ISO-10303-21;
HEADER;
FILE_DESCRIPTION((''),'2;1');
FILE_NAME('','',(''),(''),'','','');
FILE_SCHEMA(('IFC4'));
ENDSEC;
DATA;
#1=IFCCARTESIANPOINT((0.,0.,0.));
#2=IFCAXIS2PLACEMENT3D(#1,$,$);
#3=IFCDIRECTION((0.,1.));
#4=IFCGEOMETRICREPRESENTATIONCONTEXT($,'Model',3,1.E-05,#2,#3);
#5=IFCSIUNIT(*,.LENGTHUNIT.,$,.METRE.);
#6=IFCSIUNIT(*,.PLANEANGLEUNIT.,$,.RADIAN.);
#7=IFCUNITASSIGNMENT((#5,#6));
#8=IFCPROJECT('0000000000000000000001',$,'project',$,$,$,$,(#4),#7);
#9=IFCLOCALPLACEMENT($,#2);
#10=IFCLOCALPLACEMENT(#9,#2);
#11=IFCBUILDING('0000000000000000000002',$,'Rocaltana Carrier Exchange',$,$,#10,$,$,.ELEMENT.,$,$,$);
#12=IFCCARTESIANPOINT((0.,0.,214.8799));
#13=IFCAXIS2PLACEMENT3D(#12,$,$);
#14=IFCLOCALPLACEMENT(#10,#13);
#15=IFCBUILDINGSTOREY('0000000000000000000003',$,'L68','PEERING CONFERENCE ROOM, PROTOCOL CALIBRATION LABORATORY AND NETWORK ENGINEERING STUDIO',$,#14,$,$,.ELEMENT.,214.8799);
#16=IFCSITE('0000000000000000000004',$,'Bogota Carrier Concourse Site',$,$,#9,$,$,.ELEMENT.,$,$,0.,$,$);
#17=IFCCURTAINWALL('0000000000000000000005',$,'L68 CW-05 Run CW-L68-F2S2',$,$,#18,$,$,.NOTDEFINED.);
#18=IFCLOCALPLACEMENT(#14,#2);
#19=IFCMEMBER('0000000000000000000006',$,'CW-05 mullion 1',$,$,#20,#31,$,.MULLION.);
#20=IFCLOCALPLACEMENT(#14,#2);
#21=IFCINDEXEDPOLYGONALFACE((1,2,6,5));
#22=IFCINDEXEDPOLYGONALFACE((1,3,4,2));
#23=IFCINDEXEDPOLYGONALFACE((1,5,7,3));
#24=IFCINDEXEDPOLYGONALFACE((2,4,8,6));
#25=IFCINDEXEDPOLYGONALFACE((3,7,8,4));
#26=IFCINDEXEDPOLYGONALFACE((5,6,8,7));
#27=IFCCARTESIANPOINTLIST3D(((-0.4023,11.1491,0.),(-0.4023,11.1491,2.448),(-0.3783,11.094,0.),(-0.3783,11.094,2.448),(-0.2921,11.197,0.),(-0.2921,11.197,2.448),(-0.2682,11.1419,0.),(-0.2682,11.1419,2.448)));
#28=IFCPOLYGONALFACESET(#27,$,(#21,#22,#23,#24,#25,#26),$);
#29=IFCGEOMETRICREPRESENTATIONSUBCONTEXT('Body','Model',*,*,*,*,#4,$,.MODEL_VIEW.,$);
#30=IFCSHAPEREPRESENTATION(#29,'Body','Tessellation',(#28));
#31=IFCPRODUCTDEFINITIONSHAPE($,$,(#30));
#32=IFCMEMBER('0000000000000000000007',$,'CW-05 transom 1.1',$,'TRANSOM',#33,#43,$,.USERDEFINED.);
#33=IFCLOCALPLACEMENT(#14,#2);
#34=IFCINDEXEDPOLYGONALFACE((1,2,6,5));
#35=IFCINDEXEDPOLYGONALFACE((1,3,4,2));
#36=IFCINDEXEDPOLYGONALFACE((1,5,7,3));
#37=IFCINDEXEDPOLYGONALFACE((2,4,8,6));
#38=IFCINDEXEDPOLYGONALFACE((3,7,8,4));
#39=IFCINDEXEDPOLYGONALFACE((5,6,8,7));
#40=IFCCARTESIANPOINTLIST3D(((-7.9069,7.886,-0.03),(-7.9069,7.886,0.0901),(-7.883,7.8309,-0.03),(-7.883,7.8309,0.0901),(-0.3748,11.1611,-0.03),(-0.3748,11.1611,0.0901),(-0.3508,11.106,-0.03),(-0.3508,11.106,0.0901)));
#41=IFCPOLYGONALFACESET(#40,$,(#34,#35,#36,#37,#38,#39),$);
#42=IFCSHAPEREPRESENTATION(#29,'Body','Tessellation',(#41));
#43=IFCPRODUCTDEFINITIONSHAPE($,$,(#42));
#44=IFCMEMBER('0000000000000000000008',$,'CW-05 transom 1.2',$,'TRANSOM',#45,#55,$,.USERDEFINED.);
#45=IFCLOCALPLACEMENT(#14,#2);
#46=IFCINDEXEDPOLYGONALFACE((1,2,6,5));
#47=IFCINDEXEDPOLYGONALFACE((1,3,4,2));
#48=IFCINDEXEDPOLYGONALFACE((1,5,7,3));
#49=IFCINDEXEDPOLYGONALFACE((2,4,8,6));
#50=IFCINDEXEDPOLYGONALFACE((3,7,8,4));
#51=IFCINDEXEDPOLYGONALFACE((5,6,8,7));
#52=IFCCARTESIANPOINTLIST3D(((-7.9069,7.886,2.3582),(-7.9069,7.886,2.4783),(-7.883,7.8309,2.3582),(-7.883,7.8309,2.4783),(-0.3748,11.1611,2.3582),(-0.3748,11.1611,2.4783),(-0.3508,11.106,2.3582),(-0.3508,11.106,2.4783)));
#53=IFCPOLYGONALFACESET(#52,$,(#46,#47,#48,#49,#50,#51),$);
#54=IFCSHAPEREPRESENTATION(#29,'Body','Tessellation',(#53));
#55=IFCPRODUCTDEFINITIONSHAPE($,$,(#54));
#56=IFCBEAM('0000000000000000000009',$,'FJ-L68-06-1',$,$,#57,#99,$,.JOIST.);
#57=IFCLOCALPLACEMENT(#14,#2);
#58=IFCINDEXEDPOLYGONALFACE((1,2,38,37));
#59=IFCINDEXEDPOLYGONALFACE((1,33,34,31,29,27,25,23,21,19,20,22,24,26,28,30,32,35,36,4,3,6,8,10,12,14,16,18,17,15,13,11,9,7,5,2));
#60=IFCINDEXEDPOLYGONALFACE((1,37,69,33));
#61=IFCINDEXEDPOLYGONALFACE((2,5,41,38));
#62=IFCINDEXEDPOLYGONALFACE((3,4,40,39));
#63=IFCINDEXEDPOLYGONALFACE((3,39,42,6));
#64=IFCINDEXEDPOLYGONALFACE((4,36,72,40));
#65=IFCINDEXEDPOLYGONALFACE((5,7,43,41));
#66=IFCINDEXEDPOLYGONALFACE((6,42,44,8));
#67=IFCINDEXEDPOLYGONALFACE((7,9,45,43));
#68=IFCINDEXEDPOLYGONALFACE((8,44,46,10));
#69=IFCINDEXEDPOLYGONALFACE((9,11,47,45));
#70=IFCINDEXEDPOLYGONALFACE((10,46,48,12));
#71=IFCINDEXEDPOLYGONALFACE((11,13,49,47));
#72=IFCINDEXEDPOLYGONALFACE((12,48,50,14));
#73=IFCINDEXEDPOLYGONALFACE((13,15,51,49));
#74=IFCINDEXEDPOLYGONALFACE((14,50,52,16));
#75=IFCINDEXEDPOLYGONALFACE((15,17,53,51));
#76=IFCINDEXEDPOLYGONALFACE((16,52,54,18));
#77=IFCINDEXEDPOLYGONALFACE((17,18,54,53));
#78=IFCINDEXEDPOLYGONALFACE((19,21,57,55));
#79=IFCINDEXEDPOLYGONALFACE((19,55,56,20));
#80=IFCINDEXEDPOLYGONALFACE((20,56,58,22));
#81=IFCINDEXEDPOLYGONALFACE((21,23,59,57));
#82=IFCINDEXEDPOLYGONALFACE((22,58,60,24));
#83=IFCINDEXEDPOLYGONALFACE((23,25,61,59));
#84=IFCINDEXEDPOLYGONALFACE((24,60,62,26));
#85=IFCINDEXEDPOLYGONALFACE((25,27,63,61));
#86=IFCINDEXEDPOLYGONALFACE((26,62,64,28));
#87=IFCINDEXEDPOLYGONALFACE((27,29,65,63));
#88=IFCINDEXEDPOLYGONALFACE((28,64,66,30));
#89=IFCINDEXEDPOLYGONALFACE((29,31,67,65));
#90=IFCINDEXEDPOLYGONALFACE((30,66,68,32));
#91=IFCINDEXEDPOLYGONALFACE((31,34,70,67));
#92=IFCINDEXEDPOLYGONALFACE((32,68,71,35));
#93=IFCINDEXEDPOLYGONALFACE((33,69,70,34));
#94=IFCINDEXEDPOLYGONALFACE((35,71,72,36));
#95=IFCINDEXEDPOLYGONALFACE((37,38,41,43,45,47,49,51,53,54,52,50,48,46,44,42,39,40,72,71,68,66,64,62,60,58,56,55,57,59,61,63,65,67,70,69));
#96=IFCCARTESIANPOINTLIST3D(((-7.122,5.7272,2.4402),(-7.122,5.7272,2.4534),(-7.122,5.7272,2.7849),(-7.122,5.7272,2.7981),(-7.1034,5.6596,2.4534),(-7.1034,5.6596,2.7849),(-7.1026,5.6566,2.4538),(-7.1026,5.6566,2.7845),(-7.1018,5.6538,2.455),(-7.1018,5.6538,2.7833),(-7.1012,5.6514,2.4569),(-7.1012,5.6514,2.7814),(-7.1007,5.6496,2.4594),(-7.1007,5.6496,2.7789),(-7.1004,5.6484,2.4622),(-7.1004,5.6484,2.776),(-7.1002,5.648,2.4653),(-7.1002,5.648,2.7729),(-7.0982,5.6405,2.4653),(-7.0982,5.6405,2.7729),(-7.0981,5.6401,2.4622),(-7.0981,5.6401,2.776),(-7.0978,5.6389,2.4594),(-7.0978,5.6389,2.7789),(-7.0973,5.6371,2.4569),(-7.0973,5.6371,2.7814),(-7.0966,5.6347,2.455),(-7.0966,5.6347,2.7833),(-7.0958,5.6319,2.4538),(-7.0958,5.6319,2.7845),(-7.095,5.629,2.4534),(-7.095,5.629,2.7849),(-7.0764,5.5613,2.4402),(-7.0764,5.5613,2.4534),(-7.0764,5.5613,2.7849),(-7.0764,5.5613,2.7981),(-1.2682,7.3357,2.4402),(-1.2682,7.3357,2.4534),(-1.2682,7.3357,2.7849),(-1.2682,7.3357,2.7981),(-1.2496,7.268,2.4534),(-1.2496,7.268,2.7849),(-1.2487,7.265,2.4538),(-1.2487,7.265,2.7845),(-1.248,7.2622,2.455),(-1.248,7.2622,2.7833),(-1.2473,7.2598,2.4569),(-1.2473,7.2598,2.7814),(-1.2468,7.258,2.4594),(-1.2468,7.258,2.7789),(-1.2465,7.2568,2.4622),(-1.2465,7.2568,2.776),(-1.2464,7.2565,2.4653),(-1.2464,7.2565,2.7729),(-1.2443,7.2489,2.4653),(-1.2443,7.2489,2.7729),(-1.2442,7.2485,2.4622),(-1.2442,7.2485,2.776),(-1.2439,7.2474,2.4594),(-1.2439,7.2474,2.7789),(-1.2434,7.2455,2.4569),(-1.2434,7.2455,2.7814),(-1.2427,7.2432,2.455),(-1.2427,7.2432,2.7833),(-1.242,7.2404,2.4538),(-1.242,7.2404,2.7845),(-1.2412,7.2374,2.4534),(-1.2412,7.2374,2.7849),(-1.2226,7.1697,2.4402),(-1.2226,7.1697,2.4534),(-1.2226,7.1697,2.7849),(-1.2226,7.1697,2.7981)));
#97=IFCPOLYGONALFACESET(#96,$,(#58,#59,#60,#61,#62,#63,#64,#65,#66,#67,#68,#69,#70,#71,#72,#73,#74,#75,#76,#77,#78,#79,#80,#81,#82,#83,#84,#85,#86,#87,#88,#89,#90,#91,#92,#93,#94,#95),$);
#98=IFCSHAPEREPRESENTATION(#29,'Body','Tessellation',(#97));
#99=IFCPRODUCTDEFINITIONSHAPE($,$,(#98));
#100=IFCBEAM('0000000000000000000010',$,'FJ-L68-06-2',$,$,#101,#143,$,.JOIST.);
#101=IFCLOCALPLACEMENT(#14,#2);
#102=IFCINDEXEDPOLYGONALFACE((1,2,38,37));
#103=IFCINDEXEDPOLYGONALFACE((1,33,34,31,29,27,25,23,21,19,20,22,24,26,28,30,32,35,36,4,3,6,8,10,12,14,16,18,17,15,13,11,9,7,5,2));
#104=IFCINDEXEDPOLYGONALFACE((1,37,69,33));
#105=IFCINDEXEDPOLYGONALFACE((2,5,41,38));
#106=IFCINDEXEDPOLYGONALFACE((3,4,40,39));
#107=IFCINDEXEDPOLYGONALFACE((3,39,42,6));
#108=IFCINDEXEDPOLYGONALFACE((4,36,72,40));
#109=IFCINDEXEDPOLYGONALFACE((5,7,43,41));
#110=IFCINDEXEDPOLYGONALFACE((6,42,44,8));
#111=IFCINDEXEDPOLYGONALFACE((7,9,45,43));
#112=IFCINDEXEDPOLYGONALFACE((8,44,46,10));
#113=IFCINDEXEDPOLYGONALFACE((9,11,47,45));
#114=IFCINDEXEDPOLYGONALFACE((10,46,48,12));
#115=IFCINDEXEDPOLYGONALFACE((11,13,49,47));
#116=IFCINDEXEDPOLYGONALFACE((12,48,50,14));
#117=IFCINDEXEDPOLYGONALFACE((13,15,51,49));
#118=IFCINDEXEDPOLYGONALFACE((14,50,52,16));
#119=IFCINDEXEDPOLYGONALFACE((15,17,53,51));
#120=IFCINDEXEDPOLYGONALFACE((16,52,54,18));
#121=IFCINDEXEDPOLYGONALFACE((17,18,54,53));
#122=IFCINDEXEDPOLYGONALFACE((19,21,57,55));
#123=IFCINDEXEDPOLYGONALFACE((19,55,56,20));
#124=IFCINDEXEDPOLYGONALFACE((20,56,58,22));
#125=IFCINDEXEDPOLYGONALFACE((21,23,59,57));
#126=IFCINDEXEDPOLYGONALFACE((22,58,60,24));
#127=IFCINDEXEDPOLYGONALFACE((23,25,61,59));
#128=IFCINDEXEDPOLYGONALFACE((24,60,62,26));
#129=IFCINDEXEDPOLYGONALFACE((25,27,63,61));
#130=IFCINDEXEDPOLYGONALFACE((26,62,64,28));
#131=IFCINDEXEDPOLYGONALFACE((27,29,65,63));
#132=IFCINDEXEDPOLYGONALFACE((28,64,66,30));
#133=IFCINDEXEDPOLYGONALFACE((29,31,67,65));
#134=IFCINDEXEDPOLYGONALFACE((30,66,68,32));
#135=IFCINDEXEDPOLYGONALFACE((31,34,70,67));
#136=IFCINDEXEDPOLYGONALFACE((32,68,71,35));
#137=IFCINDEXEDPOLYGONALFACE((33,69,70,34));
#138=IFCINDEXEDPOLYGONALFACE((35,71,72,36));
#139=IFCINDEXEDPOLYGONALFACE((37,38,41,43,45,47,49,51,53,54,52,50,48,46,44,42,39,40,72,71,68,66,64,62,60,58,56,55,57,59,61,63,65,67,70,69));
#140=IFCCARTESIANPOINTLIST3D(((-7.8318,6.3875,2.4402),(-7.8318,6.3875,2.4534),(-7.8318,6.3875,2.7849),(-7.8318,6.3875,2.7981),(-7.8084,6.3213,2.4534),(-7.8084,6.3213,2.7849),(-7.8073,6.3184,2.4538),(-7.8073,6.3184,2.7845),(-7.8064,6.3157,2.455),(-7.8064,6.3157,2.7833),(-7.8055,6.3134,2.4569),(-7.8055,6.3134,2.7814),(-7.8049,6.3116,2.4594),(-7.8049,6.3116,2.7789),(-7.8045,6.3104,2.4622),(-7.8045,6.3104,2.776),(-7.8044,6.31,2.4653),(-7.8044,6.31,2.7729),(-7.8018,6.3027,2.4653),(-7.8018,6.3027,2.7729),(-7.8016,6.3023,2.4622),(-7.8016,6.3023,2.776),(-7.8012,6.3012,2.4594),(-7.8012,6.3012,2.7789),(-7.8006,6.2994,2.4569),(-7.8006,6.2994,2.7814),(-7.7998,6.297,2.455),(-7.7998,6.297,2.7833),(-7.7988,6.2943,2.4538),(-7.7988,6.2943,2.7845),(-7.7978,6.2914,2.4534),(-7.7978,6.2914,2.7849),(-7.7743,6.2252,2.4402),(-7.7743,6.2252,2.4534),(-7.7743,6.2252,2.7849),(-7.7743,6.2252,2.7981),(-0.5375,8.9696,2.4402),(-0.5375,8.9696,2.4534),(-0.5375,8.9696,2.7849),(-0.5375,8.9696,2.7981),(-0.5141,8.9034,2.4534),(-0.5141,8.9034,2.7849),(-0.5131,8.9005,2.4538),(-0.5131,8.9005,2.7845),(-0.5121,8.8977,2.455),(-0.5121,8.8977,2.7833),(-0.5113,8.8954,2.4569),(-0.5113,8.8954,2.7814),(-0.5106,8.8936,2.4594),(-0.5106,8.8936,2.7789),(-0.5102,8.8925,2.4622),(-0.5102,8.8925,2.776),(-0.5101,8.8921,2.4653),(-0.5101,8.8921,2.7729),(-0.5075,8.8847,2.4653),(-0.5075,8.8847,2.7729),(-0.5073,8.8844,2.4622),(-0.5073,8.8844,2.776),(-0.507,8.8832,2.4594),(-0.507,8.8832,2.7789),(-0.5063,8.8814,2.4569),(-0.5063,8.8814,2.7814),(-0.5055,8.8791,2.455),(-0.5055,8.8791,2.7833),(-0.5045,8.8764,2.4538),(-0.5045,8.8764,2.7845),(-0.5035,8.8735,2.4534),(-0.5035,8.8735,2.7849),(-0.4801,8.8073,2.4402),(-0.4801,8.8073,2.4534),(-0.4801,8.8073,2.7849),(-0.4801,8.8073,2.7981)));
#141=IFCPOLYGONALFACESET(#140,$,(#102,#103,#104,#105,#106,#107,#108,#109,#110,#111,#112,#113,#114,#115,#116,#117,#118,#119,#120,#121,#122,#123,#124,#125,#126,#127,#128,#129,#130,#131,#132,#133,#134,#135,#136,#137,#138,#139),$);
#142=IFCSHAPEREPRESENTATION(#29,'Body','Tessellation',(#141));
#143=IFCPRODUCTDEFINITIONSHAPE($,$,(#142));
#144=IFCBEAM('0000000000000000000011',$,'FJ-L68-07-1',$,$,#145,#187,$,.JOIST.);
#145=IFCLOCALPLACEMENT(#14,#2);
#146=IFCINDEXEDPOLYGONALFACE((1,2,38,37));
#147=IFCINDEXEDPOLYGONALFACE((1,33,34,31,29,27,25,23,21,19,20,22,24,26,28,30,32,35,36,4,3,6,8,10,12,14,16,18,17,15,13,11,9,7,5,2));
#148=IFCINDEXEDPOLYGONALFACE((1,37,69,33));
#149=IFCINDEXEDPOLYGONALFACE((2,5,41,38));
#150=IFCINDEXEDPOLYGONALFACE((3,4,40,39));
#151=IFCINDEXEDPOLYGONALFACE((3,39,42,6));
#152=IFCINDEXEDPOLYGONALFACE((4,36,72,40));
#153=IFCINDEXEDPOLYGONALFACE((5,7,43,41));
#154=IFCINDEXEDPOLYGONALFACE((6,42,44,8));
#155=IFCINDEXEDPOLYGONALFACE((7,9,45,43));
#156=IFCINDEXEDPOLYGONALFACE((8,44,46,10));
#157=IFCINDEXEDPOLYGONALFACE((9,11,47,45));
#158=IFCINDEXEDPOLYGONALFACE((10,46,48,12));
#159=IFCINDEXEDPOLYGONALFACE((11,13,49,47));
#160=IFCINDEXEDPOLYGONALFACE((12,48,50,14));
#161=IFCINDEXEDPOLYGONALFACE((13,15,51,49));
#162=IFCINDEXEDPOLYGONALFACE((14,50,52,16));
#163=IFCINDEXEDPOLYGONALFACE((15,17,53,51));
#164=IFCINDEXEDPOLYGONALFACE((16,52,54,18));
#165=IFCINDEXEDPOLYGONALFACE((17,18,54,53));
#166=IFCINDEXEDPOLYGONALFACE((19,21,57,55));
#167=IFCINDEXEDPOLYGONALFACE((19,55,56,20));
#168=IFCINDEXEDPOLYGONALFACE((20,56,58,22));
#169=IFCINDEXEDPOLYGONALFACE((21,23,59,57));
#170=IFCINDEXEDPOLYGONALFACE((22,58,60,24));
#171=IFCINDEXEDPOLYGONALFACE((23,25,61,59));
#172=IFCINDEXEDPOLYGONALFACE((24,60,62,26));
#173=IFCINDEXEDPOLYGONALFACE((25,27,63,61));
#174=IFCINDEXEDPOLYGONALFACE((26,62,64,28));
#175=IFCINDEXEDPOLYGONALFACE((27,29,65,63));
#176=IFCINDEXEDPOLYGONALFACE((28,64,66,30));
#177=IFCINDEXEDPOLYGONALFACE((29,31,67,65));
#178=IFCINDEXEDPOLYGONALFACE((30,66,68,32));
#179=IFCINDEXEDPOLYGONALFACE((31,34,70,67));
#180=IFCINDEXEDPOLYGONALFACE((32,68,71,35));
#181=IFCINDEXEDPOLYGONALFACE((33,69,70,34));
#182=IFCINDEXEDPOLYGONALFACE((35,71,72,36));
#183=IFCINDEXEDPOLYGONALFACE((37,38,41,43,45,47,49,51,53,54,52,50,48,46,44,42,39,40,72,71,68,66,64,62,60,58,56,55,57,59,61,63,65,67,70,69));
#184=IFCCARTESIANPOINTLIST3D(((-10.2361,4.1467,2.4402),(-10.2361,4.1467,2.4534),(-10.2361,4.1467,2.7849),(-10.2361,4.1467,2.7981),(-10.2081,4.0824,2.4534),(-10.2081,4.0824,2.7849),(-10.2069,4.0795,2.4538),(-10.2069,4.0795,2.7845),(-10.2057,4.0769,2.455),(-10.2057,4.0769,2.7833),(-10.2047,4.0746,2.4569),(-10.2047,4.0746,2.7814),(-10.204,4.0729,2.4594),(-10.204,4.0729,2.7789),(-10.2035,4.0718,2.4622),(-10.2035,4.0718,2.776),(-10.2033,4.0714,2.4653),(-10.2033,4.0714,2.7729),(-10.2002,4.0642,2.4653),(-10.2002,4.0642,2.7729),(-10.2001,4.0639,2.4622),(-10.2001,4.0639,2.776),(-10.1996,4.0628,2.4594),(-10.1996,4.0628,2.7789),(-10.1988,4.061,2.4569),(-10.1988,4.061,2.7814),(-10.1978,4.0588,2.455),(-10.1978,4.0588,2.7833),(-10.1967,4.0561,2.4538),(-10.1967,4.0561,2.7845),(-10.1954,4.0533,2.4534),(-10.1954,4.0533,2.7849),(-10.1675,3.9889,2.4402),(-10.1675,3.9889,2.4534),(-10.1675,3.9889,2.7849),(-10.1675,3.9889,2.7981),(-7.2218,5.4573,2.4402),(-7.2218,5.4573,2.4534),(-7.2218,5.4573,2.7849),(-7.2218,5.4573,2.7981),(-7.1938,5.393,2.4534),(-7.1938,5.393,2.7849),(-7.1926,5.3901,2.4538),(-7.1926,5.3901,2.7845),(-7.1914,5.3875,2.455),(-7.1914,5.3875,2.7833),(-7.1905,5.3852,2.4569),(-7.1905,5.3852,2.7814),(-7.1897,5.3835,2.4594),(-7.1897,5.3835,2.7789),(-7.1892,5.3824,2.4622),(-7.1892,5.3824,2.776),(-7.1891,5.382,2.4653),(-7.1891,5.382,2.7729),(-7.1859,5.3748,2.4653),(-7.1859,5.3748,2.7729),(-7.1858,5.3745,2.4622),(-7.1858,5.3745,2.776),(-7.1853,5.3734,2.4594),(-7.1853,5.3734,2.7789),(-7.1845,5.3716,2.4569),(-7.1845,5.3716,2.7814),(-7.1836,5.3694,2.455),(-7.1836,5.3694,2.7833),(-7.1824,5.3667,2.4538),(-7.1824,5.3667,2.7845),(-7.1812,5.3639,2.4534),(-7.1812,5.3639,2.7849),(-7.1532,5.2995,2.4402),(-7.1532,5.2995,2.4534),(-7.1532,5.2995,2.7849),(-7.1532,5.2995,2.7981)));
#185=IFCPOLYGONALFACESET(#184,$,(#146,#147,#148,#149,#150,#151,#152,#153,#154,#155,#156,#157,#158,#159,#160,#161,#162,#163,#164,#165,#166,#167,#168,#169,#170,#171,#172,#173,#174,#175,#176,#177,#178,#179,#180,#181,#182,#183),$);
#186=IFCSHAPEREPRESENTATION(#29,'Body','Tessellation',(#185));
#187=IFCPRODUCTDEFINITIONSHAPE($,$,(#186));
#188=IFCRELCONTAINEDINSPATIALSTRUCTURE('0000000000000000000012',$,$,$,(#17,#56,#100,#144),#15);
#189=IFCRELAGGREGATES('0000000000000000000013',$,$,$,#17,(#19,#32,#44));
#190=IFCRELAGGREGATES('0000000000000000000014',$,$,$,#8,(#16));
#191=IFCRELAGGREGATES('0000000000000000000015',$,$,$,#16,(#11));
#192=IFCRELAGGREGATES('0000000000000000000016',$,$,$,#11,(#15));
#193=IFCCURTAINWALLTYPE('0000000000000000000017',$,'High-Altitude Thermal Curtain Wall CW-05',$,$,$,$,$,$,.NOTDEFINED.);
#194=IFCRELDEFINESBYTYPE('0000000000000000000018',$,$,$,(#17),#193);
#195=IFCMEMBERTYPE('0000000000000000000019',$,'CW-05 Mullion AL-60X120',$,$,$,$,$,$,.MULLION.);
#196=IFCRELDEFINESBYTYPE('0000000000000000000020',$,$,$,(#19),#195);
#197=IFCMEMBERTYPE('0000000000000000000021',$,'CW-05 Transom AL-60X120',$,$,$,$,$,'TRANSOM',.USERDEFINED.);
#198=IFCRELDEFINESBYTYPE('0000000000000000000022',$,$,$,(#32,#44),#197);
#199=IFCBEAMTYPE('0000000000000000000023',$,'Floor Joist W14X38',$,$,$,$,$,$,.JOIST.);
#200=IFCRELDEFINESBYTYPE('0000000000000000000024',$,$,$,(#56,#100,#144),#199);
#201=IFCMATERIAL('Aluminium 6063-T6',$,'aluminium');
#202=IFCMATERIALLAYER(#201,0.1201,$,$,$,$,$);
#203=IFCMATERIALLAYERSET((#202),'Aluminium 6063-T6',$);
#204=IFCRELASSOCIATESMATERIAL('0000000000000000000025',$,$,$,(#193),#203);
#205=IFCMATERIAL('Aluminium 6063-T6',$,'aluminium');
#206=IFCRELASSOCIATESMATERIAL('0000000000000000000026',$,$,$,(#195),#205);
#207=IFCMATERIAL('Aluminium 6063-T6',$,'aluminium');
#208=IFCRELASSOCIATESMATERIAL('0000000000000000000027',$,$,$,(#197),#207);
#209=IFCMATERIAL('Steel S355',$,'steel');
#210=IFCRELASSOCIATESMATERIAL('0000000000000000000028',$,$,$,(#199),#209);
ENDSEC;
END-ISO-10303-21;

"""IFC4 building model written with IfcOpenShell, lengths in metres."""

from ifc_helpers import new_model, si_unit, direction, frame, origin, origin_2d, place, context, subcontext, project, spatial, rectangle, i_section, extrude, material, layer, layer_set, material_profile, profile_set, type_object, element, aggregate, save


model = new_model("IFC4")

# Units and contexts
model_context = context("Model", 3, precision=1e-05, world=origin(), true_north=direction((0.0, 1.0)))
body_context = subcontext(model_context, "Body", "Model", "MODEL_VIEW")
ifc_project = project(units=[si_unit("LENGTHUNIT", "METRE"), si_unit("PLANEANGLEUNIT", "RADIAN")], contexts=[model_context])

# Site, building, storey
site_placement = place(None, origin())
site = spatial("IfcSite", under=ifc_project, at=site_placement, Name="Bogota Carrier Concourse Site", CompositionType="ELEMENT", RefElevation=0.0)
building_placement = place(site_placement, origin())
building = spatial("IfcBuilding", under=site, at=building_placement, Name="Rocaltana Carrier Exchange", CompositionType="ELEMENT")
storey_placement = place(building_placement, frame((0.0, 0.0, 214.8799)))
storey = spatial("IfcBuildingStorey", under=building, at=storey_placement, Name="L68", Description="PEERING CONFERENCE ROOM, PROTOCOL CALIBRATION LABORATORY AND NETWORK ENGINEERING STUDIO", CompositionType="ELEMENT", Elevation=214.8799)

# Curtain wall, members
ifc_material_1 = material(Name="Aluminium 6063-T6", Category="aluminium")
ifc_layer_1 = layer(ifc_material_1, 0.1201)
ifc_layer_set_1 = layer_set([ifc_layer_1], Name="Aluminium 6063-T6")
curtain_wall_type = type_object("IfcCurtainWallType", Name="High-Altitude Thermal Curtain Wall CW-05", PredefinedType="NOTDEFINED", material=ifc_layer_set_1)
curtain_wall_placement = place(storey_placement, origin())
curtain_wall = element("IfcCurtainWall", 1, at=curtain_wall_placement, inside=storey, type_object=curtain_wall_type, Name="L68 CW-05 Run CW-L68-F2S2", PredefinedType="NOTDEFINED")
ifc_material_2 = material(Name="Aluminium 6063-T6", Category="aluminium")
ifc_material_profile_1 = material_profile(ifc_material_2, rectangle(XDim=0.0601, YDim=0.1201, at=origin_2d()), Name="AL-60X120")
ifc_profile_set_1 = profile_set([ifc_material_profile_1], Name="Aluminium 6063-T6")
member_type_1 = type_object("IfcMemberType", Name="CW-05 Mullion AL-60X120", PredefinedType="MULLION", material=ifc_profile_set_1)
member_1_placement = place(storey_placement, frame((-0.3352, 11.1455, 0.0), z_axis=(0.0, 0.0, 1.0), x_axis=(0.398752, -0.917059, 0.0)))
member_1 = element("IfcMember", 2, at=member_1_placement, type_object=member_type_1, Name="CW-05 mullion 1", PredefinedType="MULLION", context=body_context, shape_type="SweptSolid", body=[
    extrude(rectangle(XDim=0.0601, YDim=0.1201, at=origin_2d()), origin(), (0.0, 0.0, 1.0), 2.448),
])
ifc_material_3 = material(Name="Aluminium 6063-T6", Category="aluminium")
ifc_material_profile_2 = material_profile(ifc_material_3, rectangle(XDim=0.0601, YDim=0.1201, at=origin_2d()), Name="AL-60X120")
ifc_profile_set_2 = profile_set([ifc_material_profile_2], Name="Aluminium 6063-T6")
member_type_2 = type_object("IfcMemberType", Name="CW-05 Transom AL-60X120", ElementType="TRANSOM", PredefinedType="USERDEFINED", material=ifc_profile_set_2)
member_2_placement = place(storey_placement, frame((-0.3628, 11.1335, 0.03), z_axis=(-0.917058, -0.398753, 0.0), x_axis=(0.398753, -0.917058, 0.0)))
member_2 = element("IfcMember", 3, at=member_2_placement, type_object=member_type_2, Name="CW-05 transom 1.1", ObjectType="TRANSOM", PredefinedType="USERDEFINED", context=body_context, shape_type="SweptSolid", body=[
    extrude(rectangle(XDim=0.0601, YDim=0.1201, at=origin_2d()), origin(), (0.0, 0.0, 1.0), 8.2134),
])
member_3_placement = place(storey_placement, frame((-0.3628, 11.1335, 2.4182), z_axis=(-0.917058, -0.398753, 0.0), x_axis=(0.398753, -0.917058, 0.0)))
member_3 = element("IfcMember", 4, at=member_3_placement, type_object=member_type_2, Name="CW-05 transom 1.2", ObjectType="TRANSOM", PredefinedType="USERDEFINED", context=body_context, shape_type="SweptSolid", body=[
    extrude(rectangle(XDim=0.0601, YDim=0.1201, at=origin_2d()), origin(), (0.0, 0.0, 1.0), 8.2134),
])

# Beams
ifc_material_4 = material(Name="Steel S355", Category="steel")
ifc_material_profile_3 = material_profile(ifc_material_4, i_section(OverallWidth=0.1721, OverallDepth=0.3579, WebThickness=0.0078, FlangeThickness=0.0132, FilletRadius=0.012, at=origin_2d()), Name="W14X38")
ifc_profile_set_3 = profile_set([ifc_material_profile_3], Name="Steel S355")
beam_type = type_object("IfcBeamType", Name="Floor Joist W14X38", PredefinedType="JOIST", material=ifc_profile_set_3)
beam_1_placement = place(storey_placement, frame((-1.2454, 7.2527, 2.6191), z_axis=(-0.964264, -0.264944, 0.0), x_axis=(0.264944, -0.964264, 0.0)))
element("IfcBeam", 5, at=beam_1_placement, inside=storey, type_object=beam_type, Name="FJ-L68-06-1", PredefinedType="JOIST", context=body_context, shape_type="SweptSolid", body=[
    extrude(i_section(OverallWidth=0.1721, OverallDepth=0.3579, WebThickness=0.0078, FlangeThickness=0.0132, FilletRadius=0.012, at=origin_2d()), origin(), (0.0, 0.0, 1.0), 6.0708),
])
beam_2_placement = place(storey_placement, frame((-0.5088, 8.8884, 2.6191), z_axis=(-0.942681, -0.333695, 0.0), x_axis=(0.333695, -0.942681, 0.0)))
element("IfcBeam", 6, at=beam_2_placement, inside=storey, type_object=beam_type, Name="FJ-L68-06-2", PredefinedType="JOIST", context=body_context, shape_type="SweptSolid", body=[
    extrude(i_section(OverallWidth=0.1721, OverallDepth=0.3579, WebThickness=0.0078, FlangeThickness=0.0132, FilletRadius=0.012, at=origin_2d()), origin(), (0.0, 0.0, 1.0), 7.7378),
])
beam_3_placement = place(storey_placement, frame((-7.1875, 5.3784, 2.6191), z_axis=(-0.917065, -0.398737, 0.0), x_axis=(0.398737, -0.917065, 0.0)))
element("IfcBeam", 7, at=beam_3_placement, inside=storey, type_object=beam_type, Name="FJ-L68-07-1", PredefinedType="JOIST", context=body_context, shape_type="SweptSolid", body=[
    extrude(i_section(OverallWidth=0.1721, OverallDepth=0.3579, WebThickness=0.0078, FlangeThickness=0.0132, FilletRadius=0.012, at=origin_2d()), origin(), (0.0, 0.0, 1.0), 3.2869),
])

aggregate(curtain_wall, [member_1, member_2, member_3])

save(model, "model.ifc")
